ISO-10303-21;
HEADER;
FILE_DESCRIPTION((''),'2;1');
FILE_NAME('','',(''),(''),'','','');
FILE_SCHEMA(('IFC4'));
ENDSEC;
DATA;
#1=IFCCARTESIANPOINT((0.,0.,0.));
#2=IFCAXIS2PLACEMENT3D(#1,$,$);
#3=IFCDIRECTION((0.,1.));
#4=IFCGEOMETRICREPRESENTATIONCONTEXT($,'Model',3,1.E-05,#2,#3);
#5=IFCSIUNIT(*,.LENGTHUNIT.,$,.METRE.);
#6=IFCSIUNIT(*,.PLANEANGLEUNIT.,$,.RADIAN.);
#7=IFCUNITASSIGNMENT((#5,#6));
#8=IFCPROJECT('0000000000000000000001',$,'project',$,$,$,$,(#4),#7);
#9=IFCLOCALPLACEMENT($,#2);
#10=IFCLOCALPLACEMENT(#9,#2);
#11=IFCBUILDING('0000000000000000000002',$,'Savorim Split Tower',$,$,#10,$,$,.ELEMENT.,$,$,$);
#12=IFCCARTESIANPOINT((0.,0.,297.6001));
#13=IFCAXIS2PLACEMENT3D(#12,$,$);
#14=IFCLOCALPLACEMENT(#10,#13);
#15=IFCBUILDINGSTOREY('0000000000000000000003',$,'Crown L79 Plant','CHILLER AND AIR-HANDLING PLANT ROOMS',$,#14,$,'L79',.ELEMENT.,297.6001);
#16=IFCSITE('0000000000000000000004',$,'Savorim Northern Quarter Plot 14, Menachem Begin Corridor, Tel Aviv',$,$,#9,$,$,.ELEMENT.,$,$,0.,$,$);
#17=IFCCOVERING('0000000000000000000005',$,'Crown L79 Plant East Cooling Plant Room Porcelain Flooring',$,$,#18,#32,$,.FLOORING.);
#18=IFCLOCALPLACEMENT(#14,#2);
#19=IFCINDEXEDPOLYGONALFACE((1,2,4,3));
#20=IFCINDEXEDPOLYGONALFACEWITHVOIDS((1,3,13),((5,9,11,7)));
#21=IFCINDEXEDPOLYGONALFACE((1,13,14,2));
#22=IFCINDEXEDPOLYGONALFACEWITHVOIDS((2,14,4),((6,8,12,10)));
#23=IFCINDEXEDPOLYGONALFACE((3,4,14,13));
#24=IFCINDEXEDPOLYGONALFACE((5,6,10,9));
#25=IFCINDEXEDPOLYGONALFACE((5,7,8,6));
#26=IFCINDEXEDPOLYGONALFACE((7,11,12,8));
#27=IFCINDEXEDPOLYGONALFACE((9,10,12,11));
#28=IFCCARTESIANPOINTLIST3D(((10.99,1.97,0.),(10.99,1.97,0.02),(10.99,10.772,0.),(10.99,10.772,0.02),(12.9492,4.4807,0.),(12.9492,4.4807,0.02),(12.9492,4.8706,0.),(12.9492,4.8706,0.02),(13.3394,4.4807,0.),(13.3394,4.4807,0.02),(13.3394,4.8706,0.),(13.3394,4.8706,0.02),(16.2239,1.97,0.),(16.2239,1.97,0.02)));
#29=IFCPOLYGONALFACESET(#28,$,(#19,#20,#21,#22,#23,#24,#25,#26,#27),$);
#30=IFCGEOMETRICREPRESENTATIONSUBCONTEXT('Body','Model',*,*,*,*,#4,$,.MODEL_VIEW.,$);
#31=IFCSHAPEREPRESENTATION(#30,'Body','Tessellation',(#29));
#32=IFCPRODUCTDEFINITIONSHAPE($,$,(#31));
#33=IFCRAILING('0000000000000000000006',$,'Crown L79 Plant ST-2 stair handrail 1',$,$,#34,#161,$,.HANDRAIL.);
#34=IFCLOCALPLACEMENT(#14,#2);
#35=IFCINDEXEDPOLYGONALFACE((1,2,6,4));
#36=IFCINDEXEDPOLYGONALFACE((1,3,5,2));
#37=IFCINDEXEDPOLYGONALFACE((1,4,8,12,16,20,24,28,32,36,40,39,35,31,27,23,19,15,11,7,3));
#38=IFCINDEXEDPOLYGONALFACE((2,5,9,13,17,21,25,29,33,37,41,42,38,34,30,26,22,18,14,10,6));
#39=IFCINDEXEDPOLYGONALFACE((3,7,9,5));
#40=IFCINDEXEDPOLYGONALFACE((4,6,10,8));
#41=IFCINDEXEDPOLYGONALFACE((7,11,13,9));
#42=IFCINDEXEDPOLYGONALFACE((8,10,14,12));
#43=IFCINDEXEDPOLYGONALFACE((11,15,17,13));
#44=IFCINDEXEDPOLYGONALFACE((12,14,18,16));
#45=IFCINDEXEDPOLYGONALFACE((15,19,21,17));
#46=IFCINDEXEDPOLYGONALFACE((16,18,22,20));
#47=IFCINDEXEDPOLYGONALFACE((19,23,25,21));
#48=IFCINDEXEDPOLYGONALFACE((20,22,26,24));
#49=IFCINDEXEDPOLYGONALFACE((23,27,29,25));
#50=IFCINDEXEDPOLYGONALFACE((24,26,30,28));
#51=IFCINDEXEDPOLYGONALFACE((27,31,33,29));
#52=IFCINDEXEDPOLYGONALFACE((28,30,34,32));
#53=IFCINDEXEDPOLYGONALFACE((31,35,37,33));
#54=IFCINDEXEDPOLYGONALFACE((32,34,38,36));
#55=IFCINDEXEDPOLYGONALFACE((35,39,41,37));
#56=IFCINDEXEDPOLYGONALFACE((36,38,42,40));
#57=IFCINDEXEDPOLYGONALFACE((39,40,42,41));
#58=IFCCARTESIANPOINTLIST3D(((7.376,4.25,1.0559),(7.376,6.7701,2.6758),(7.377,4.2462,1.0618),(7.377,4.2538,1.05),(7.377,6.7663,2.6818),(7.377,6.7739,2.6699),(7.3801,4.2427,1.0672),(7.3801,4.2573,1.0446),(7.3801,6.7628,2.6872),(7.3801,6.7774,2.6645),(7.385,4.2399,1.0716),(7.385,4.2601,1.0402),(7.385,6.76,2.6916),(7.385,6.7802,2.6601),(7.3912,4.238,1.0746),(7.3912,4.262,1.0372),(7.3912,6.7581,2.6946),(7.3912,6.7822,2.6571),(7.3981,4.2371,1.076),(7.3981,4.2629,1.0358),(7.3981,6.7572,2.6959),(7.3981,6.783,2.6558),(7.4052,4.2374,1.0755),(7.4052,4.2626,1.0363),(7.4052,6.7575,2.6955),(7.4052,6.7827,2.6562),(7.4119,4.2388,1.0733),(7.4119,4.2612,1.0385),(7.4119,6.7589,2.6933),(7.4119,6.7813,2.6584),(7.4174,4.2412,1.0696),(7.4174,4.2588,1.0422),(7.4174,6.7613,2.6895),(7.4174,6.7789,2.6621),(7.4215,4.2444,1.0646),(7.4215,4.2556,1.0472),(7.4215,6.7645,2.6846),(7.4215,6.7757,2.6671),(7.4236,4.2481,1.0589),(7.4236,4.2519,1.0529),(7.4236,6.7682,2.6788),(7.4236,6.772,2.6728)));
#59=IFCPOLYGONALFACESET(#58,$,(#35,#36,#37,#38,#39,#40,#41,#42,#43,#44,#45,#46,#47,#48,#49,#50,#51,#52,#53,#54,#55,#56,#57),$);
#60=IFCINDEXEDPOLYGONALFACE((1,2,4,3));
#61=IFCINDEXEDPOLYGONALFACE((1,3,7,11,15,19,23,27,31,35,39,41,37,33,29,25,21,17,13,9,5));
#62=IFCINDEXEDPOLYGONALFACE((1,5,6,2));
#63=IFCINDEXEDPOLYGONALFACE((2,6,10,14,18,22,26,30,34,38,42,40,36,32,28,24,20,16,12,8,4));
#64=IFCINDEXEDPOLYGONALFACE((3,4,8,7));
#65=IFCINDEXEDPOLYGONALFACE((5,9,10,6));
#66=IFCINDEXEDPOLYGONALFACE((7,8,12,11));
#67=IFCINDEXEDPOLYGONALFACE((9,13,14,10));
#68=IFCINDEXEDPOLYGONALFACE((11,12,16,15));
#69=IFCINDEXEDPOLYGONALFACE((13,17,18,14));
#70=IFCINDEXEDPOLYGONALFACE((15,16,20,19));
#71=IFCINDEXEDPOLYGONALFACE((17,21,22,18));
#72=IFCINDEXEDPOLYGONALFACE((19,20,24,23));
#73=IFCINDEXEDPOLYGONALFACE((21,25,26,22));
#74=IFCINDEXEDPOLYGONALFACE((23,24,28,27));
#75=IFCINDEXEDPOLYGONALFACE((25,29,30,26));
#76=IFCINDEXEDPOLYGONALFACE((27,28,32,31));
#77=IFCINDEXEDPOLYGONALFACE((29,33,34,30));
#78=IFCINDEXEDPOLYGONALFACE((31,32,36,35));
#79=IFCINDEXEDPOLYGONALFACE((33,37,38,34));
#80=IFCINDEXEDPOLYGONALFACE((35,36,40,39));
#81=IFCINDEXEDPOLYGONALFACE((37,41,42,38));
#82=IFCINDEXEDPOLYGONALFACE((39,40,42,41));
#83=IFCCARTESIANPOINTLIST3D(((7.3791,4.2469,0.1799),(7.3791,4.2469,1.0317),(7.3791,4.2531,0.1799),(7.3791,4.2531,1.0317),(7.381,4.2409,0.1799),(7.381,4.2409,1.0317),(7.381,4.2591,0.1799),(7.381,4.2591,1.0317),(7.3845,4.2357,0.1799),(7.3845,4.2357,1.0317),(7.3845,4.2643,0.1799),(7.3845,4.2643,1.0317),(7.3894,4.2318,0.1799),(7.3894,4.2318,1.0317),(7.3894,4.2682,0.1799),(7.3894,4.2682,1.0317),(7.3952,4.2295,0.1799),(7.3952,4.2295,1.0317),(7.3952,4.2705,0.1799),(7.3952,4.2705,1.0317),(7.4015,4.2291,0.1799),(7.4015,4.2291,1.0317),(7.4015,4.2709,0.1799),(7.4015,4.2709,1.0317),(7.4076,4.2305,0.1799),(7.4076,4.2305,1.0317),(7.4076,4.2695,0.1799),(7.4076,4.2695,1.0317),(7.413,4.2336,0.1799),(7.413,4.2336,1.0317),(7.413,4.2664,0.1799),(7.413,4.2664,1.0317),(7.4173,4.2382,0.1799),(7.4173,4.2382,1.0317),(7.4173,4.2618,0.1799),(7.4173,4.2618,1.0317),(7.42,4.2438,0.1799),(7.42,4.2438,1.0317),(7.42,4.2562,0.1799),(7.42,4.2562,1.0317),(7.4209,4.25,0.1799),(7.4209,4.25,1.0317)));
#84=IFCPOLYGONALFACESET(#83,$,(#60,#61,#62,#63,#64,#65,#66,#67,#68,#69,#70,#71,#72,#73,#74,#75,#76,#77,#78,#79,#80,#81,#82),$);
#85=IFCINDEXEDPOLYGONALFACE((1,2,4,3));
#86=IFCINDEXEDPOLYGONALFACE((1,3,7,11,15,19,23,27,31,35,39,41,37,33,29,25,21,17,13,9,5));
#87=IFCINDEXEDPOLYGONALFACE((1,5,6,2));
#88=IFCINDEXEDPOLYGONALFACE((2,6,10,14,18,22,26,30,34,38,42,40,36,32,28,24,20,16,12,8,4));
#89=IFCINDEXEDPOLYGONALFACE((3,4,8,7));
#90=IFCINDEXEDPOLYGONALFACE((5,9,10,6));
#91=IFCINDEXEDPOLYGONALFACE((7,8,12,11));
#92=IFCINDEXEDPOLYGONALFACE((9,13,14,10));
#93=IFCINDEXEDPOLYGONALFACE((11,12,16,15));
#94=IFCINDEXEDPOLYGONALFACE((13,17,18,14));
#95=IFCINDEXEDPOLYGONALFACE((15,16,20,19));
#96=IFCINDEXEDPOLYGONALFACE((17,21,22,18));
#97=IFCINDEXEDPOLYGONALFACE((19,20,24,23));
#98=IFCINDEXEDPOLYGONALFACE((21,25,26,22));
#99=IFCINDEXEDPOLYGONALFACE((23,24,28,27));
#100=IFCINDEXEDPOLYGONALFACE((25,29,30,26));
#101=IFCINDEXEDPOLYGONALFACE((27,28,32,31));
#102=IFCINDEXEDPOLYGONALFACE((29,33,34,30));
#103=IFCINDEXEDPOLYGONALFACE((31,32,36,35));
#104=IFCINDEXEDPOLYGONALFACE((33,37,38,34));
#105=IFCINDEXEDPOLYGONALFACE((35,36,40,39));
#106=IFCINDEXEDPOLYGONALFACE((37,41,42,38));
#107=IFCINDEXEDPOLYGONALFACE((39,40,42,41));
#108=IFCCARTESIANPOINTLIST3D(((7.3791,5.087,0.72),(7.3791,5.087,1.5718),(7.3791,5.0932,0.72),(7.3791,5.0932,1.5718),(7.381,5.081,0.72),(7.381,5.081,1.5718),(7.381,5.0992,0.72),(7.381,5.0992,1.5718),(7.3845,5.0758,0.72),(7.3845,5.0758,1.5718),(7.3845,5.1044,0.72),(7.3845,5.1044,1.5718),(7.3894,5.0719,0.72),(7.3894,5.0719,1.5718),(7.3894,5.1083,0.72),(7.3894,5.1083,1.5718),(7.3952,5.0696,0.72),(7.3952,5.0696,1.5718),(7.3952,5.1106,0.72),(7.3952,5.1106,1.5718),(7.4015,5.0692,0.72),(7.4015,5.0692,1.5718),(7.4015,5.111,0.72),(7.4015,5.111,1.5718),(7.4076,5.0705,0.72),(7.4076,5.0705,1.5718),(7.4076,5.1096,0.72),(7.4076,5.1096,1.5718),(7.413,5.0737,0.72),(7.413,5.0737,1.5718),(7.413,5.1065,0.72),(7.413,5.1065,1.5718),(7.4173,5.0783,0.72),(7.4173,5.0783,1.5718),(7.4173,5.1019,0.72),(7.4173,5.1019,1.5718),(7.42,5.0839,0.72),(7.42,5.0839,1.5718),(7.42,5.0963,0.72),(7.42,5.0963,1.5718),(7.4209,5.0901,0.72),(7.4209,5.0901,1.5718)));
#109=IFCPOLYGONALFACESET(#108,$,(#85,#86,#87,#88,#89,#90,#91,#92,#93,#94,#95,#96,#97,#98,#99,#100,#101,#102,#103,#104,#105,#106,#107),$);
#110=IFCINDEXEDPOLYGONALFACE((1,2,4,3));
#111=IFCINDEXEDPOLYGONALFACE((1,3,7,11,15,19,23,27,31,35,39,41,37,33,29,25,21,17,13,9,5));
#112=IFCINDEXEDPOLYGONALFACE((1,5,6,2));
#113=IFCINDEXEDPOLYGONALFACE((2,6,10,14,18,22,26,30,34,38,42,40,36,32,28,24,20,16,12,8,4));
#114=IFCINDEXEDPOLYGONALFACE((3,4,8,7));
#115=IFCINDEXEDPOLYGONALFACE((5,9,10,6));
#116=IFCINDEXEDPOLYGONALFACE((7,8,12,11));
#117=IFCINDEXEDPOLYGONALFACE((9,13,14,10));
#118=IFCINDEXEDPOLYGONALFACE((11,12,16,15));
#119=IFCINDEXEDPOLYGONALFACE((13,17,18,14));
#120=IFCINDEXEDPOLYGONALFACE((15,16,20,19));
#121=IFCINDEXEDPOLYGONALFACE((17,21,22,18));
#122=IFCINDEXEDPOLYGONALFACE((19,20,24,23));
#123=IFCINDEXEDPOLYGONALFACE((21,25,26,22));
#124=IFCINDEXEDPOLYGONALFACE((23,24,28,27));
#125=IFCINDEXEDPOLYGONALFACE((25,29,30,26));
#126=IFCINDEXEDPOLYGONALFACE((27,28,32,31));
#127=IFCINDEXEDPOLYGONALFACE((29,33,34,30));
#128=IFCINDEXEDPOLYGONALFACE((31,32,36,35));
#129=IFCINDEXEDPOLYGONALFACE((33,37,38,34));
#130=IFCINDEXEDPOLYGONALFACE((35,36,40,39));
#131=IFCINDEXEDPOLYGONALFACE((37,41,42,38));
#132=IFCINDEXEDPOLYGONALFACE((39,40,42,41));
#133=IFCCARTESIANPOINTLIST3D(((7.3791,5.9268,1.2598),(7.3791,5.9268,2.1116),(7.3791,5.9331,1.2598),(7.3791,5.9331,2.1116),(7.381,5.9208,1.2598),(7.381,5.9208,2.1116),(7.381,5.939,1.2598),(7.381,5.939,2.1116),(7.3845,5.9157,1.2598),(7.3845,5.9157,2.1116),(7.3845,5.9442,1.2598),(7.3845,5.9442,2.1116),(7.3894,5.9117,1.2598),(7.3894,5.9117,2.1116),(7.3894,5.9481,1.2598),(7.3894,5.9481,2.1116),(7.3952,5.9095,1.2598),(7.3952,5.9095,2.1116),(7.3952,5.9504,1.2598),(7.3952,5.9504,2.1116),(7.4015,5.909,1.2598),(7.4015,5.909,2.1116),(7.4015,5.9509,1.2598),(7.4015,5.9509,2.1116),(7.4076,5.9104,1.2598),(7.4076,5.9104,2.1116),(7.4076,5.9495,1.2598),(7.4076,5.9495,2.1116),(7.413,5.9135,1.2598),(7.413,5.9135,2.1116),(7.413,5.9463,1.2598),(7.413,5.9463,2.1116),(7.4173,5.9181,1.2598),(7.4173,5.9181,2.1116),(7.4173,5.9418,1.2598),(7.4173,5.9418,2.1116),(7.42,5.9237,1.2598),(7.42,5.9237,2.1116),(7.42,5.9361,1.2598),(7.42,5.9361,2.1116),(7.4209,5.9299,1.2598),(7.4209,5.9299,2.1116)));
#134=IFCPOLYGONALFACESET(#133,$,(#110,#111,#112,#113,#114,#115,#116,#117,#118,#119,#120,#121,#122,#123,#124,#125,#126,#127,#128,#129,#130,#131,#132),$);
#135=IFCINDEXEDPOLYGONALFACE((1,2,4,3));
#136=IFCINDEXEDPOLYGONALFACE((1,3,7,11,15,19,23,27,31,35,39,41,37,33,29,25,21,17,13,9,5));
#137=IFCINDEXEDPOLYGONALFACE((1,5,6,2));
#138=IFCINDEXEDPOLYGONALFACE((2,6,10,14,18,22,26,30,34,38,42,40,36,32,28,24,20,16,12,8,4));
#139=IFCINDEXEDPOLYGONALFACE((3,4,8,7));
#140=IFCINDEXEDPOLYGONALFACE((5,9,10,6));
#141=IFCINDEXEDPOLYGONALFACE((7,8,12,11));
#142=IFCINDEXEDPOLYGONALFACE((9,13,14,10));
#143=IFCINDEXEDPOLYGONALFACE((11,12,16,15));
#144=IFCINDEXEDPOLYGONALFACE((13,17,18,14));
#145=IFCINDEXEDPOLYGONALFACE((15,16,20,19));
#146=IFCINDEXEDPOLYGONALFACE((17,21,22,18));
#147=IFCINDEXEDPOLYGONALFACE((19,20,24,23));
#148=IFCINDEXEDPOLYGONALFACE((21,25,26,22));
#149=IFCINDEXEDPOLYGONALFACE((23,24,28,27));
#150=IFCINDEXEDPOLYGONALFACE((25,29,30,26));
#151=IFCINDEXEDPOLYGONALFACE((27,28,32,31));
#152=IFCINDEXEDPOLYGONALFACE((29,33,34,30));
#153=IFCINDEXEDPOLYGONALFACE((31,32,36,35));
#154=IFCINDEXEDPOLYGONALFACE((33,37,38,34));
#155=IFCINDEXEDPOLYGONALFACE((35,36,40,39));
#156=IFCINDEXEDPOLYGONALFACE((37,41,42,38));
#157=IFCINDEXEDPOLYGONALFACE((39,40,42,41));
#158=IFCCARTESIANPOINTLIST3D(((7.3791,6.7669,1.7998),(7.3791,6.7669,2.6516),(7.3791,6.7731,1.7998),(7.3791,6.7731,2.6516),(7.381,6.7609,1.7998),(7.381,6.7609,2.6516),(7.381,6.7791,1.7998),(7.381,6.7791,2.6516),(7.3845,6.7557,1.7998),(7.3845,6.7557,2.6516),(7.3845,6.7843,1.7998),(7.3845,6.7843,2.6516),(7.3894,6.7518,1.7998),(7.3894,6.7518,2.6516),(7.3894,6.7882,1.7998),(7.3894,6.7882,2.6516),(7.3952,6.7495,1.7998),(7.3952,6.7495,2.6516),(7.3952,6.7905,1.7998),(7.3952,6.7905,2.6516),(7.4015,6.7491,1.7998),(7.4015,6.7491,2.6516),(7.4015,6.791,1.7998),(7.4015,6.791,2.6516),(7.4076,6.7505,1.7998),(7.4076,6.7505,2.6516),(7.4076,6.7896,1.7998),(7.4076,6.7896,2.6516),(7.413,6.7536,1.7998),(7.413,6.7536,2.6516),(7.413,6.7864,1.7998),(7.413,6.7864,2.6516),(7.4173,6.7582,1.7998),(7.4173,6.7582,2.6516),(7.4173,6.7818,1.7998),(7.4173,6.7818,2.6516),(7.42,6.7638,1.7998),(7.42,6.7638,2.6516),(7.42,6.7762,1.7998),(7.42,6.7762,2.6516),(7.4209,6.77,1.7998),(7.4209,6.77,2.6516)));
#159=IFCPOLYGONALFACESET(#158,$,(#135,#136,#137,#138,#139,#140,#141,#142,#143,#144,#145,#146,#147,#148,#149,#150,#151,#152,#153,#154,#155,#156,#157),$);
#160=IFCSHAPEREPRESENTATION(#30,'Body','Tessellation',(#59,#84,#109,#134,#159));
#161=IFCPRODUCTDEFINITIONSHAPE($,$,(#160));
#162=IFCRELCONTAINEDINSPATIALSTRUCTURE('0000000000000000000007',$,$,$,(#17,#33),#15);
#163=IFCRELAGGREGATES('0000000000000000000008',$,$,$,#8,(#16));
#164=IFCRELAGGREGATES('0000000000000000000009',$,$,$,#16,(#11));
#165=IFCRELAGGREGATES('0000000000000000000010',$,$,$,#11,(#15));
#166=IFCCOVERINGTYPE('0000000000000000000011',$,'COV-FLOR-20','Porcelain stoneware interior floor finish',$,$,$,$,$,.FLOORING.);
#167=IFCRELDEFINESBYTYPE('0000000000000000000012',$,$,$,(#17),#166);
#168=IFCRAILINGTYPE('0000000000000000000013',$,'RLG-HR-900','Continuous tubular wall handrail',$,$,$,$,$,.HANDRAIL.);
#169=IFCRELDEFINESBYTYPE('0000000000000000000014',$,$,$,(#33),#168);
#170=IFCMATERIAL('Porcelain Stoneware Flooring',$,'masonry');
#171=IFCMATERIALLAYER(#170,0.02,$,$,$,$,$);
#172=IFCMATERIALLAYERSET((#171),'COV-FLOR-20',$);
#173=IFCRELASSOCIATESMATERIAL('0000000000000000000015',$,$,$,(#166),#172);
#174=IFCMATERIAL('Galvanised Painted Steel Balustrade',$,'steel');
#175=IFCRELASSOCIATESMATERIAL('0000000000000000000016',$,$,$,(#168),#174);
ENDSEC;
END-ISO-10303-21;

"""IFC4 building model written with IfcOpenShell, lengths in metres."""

from ifc_helpers import new_model, si_unit, direction, frame, origin, origin_2d, place, context, subcontext, project, spatial, polyline, circle, outline, extrude, material, layer, layer_set, type_object, element, save


model = new_model("IFC4")

# Units and contexts
model_context = context("Model", 3, precision=1e-05, world=origin(), true_north=direction((0.0, 1.0)))
body_context = subcontext(model_context, "Body", "Model", "MODEL_VIEW")
ifc_project = project(units=[si_unit("LENGTHUNIT", "METRE"), si_unit("PLANEANGLEUNIT", "RADIAN")], contexts=[model_context])

# Site, building, storey
site_placement = place(None, origin())
site = spatial("IfcSite", under=ifc_project, at=site_placement, Name="Savorim Northern Quarter Plot 14, Menachem Begin Corridor, Tel Aviv", CompositionType="ELEMENT", RefElevation=0.0)
building_placement = place(site_placement, origin())
building = spatial("IfcBuilding", under=site, at=building_placement, Name="Savorim Split Tower", CompositionType="ELEMENT")
storey_placement = place(building_placement, frame((0.0, 0.0, 297.6001)))
storey = spatial("IfcBuildingStorey", under=building, at=storey_placement, Name="Crown L79 Plant", Description="CHILLER AND AIR-HANDLING PLANT ROOMS", LongName="L79", CompositionType="ELEMENT", Elevation=297.6001)

# Covering
ifc_material_1 = material(Name="Porcelain Stoneware Flooring", Category="masonry")
ifc_layer_1 = layer(ifc_material_1, 0.02)
ifc_layer_set_1 = layer_set([ifc_layer_1], Name="COV-FLOR-20")
covering_type_1 = type_object("IfcCoveringType", Name="COV-FLOR-20", Description="Porcelain stoneware interior floor finish", PredefinedType="FLOORING", material=ifc_layer_set_1)
covering_1_placement = place(storey_placement, origin())
element("IfcCovering", 1, at=covering_1_placement, inside=storey, type_object=covering_type_1, Name="Crown L79 Plant East Cooling Plant Room Porcelain Flooring", PredefinedType="FLOORING", context=body_context, shape_type="SweptSolid", body=[
    extrude(outline(polyline([(10.99, 10.772), (10.99, 1.97), (16.2239, 1.97), (10.99, 10.772)]), holes=[polyline([(12.9492, 4.8706), (12.9492, 4.4807), (13.3394, 4.4807), (13.3394, 4.8706), (12.9492, 4.8706)])]), origin(), (0.0, 0.0, 1.0), 0.02),
])

# Railing
ifc_material_2 = material(Name="Galvanised Painted Steel Balustrade", Category="steel")
railing_type_1 = type_object("IfcRailingType", Name="RLG-HR-900", Description="Continuous tubular wall handrail", PredefinedType="HANDRAIL", material=ifc_material_2)
railing_1_placement = place(storey_placement, frame((7.3999, 4.25, 0.1799)))
element("IfcRailing", 2, at=railing_1_placement, inside=storey, type_object=railing_type_1, Name="Crown L79 Plant ST-2 stair handrail 1", PredefinedType="HANDRAIL", context=body_context, shape_type="SweptSolid", body=[
    extrude(circle(Radius=0.0239, at=origin_2d()), frame((0.0, 0.0, 0.876), z_axis=(0.0, 0.8412, 0.540725), x_axis=(-1.0, 0.0, 0.0)), (0.0, 0.0, 1.0), 2.9958),
    extrude(circle(Radius=0.021, at=origin_2d()), origin(), (0.0, 0.0, 1.0), 0.8518),
    extrude(circle(Radius=0.021, at=origin_2d()), frame((0.0, 0.8401, 0.54)), (0.0, 0.0, 1.0), 0.8518),
    extrude(circle(Radius=0.021, at=origin_2d()), frame((0.0, 1.6799, 1.0798)), (0.0, 0.0, 1.0), 0.8518),
    extrude(circle(Radius=0.021, at=origin_2d()), frame((0.0, 2.52, 1.6199)), (0.0, 0.0, 1.0), 0.8518),
])

save(model, "model.ifc")
